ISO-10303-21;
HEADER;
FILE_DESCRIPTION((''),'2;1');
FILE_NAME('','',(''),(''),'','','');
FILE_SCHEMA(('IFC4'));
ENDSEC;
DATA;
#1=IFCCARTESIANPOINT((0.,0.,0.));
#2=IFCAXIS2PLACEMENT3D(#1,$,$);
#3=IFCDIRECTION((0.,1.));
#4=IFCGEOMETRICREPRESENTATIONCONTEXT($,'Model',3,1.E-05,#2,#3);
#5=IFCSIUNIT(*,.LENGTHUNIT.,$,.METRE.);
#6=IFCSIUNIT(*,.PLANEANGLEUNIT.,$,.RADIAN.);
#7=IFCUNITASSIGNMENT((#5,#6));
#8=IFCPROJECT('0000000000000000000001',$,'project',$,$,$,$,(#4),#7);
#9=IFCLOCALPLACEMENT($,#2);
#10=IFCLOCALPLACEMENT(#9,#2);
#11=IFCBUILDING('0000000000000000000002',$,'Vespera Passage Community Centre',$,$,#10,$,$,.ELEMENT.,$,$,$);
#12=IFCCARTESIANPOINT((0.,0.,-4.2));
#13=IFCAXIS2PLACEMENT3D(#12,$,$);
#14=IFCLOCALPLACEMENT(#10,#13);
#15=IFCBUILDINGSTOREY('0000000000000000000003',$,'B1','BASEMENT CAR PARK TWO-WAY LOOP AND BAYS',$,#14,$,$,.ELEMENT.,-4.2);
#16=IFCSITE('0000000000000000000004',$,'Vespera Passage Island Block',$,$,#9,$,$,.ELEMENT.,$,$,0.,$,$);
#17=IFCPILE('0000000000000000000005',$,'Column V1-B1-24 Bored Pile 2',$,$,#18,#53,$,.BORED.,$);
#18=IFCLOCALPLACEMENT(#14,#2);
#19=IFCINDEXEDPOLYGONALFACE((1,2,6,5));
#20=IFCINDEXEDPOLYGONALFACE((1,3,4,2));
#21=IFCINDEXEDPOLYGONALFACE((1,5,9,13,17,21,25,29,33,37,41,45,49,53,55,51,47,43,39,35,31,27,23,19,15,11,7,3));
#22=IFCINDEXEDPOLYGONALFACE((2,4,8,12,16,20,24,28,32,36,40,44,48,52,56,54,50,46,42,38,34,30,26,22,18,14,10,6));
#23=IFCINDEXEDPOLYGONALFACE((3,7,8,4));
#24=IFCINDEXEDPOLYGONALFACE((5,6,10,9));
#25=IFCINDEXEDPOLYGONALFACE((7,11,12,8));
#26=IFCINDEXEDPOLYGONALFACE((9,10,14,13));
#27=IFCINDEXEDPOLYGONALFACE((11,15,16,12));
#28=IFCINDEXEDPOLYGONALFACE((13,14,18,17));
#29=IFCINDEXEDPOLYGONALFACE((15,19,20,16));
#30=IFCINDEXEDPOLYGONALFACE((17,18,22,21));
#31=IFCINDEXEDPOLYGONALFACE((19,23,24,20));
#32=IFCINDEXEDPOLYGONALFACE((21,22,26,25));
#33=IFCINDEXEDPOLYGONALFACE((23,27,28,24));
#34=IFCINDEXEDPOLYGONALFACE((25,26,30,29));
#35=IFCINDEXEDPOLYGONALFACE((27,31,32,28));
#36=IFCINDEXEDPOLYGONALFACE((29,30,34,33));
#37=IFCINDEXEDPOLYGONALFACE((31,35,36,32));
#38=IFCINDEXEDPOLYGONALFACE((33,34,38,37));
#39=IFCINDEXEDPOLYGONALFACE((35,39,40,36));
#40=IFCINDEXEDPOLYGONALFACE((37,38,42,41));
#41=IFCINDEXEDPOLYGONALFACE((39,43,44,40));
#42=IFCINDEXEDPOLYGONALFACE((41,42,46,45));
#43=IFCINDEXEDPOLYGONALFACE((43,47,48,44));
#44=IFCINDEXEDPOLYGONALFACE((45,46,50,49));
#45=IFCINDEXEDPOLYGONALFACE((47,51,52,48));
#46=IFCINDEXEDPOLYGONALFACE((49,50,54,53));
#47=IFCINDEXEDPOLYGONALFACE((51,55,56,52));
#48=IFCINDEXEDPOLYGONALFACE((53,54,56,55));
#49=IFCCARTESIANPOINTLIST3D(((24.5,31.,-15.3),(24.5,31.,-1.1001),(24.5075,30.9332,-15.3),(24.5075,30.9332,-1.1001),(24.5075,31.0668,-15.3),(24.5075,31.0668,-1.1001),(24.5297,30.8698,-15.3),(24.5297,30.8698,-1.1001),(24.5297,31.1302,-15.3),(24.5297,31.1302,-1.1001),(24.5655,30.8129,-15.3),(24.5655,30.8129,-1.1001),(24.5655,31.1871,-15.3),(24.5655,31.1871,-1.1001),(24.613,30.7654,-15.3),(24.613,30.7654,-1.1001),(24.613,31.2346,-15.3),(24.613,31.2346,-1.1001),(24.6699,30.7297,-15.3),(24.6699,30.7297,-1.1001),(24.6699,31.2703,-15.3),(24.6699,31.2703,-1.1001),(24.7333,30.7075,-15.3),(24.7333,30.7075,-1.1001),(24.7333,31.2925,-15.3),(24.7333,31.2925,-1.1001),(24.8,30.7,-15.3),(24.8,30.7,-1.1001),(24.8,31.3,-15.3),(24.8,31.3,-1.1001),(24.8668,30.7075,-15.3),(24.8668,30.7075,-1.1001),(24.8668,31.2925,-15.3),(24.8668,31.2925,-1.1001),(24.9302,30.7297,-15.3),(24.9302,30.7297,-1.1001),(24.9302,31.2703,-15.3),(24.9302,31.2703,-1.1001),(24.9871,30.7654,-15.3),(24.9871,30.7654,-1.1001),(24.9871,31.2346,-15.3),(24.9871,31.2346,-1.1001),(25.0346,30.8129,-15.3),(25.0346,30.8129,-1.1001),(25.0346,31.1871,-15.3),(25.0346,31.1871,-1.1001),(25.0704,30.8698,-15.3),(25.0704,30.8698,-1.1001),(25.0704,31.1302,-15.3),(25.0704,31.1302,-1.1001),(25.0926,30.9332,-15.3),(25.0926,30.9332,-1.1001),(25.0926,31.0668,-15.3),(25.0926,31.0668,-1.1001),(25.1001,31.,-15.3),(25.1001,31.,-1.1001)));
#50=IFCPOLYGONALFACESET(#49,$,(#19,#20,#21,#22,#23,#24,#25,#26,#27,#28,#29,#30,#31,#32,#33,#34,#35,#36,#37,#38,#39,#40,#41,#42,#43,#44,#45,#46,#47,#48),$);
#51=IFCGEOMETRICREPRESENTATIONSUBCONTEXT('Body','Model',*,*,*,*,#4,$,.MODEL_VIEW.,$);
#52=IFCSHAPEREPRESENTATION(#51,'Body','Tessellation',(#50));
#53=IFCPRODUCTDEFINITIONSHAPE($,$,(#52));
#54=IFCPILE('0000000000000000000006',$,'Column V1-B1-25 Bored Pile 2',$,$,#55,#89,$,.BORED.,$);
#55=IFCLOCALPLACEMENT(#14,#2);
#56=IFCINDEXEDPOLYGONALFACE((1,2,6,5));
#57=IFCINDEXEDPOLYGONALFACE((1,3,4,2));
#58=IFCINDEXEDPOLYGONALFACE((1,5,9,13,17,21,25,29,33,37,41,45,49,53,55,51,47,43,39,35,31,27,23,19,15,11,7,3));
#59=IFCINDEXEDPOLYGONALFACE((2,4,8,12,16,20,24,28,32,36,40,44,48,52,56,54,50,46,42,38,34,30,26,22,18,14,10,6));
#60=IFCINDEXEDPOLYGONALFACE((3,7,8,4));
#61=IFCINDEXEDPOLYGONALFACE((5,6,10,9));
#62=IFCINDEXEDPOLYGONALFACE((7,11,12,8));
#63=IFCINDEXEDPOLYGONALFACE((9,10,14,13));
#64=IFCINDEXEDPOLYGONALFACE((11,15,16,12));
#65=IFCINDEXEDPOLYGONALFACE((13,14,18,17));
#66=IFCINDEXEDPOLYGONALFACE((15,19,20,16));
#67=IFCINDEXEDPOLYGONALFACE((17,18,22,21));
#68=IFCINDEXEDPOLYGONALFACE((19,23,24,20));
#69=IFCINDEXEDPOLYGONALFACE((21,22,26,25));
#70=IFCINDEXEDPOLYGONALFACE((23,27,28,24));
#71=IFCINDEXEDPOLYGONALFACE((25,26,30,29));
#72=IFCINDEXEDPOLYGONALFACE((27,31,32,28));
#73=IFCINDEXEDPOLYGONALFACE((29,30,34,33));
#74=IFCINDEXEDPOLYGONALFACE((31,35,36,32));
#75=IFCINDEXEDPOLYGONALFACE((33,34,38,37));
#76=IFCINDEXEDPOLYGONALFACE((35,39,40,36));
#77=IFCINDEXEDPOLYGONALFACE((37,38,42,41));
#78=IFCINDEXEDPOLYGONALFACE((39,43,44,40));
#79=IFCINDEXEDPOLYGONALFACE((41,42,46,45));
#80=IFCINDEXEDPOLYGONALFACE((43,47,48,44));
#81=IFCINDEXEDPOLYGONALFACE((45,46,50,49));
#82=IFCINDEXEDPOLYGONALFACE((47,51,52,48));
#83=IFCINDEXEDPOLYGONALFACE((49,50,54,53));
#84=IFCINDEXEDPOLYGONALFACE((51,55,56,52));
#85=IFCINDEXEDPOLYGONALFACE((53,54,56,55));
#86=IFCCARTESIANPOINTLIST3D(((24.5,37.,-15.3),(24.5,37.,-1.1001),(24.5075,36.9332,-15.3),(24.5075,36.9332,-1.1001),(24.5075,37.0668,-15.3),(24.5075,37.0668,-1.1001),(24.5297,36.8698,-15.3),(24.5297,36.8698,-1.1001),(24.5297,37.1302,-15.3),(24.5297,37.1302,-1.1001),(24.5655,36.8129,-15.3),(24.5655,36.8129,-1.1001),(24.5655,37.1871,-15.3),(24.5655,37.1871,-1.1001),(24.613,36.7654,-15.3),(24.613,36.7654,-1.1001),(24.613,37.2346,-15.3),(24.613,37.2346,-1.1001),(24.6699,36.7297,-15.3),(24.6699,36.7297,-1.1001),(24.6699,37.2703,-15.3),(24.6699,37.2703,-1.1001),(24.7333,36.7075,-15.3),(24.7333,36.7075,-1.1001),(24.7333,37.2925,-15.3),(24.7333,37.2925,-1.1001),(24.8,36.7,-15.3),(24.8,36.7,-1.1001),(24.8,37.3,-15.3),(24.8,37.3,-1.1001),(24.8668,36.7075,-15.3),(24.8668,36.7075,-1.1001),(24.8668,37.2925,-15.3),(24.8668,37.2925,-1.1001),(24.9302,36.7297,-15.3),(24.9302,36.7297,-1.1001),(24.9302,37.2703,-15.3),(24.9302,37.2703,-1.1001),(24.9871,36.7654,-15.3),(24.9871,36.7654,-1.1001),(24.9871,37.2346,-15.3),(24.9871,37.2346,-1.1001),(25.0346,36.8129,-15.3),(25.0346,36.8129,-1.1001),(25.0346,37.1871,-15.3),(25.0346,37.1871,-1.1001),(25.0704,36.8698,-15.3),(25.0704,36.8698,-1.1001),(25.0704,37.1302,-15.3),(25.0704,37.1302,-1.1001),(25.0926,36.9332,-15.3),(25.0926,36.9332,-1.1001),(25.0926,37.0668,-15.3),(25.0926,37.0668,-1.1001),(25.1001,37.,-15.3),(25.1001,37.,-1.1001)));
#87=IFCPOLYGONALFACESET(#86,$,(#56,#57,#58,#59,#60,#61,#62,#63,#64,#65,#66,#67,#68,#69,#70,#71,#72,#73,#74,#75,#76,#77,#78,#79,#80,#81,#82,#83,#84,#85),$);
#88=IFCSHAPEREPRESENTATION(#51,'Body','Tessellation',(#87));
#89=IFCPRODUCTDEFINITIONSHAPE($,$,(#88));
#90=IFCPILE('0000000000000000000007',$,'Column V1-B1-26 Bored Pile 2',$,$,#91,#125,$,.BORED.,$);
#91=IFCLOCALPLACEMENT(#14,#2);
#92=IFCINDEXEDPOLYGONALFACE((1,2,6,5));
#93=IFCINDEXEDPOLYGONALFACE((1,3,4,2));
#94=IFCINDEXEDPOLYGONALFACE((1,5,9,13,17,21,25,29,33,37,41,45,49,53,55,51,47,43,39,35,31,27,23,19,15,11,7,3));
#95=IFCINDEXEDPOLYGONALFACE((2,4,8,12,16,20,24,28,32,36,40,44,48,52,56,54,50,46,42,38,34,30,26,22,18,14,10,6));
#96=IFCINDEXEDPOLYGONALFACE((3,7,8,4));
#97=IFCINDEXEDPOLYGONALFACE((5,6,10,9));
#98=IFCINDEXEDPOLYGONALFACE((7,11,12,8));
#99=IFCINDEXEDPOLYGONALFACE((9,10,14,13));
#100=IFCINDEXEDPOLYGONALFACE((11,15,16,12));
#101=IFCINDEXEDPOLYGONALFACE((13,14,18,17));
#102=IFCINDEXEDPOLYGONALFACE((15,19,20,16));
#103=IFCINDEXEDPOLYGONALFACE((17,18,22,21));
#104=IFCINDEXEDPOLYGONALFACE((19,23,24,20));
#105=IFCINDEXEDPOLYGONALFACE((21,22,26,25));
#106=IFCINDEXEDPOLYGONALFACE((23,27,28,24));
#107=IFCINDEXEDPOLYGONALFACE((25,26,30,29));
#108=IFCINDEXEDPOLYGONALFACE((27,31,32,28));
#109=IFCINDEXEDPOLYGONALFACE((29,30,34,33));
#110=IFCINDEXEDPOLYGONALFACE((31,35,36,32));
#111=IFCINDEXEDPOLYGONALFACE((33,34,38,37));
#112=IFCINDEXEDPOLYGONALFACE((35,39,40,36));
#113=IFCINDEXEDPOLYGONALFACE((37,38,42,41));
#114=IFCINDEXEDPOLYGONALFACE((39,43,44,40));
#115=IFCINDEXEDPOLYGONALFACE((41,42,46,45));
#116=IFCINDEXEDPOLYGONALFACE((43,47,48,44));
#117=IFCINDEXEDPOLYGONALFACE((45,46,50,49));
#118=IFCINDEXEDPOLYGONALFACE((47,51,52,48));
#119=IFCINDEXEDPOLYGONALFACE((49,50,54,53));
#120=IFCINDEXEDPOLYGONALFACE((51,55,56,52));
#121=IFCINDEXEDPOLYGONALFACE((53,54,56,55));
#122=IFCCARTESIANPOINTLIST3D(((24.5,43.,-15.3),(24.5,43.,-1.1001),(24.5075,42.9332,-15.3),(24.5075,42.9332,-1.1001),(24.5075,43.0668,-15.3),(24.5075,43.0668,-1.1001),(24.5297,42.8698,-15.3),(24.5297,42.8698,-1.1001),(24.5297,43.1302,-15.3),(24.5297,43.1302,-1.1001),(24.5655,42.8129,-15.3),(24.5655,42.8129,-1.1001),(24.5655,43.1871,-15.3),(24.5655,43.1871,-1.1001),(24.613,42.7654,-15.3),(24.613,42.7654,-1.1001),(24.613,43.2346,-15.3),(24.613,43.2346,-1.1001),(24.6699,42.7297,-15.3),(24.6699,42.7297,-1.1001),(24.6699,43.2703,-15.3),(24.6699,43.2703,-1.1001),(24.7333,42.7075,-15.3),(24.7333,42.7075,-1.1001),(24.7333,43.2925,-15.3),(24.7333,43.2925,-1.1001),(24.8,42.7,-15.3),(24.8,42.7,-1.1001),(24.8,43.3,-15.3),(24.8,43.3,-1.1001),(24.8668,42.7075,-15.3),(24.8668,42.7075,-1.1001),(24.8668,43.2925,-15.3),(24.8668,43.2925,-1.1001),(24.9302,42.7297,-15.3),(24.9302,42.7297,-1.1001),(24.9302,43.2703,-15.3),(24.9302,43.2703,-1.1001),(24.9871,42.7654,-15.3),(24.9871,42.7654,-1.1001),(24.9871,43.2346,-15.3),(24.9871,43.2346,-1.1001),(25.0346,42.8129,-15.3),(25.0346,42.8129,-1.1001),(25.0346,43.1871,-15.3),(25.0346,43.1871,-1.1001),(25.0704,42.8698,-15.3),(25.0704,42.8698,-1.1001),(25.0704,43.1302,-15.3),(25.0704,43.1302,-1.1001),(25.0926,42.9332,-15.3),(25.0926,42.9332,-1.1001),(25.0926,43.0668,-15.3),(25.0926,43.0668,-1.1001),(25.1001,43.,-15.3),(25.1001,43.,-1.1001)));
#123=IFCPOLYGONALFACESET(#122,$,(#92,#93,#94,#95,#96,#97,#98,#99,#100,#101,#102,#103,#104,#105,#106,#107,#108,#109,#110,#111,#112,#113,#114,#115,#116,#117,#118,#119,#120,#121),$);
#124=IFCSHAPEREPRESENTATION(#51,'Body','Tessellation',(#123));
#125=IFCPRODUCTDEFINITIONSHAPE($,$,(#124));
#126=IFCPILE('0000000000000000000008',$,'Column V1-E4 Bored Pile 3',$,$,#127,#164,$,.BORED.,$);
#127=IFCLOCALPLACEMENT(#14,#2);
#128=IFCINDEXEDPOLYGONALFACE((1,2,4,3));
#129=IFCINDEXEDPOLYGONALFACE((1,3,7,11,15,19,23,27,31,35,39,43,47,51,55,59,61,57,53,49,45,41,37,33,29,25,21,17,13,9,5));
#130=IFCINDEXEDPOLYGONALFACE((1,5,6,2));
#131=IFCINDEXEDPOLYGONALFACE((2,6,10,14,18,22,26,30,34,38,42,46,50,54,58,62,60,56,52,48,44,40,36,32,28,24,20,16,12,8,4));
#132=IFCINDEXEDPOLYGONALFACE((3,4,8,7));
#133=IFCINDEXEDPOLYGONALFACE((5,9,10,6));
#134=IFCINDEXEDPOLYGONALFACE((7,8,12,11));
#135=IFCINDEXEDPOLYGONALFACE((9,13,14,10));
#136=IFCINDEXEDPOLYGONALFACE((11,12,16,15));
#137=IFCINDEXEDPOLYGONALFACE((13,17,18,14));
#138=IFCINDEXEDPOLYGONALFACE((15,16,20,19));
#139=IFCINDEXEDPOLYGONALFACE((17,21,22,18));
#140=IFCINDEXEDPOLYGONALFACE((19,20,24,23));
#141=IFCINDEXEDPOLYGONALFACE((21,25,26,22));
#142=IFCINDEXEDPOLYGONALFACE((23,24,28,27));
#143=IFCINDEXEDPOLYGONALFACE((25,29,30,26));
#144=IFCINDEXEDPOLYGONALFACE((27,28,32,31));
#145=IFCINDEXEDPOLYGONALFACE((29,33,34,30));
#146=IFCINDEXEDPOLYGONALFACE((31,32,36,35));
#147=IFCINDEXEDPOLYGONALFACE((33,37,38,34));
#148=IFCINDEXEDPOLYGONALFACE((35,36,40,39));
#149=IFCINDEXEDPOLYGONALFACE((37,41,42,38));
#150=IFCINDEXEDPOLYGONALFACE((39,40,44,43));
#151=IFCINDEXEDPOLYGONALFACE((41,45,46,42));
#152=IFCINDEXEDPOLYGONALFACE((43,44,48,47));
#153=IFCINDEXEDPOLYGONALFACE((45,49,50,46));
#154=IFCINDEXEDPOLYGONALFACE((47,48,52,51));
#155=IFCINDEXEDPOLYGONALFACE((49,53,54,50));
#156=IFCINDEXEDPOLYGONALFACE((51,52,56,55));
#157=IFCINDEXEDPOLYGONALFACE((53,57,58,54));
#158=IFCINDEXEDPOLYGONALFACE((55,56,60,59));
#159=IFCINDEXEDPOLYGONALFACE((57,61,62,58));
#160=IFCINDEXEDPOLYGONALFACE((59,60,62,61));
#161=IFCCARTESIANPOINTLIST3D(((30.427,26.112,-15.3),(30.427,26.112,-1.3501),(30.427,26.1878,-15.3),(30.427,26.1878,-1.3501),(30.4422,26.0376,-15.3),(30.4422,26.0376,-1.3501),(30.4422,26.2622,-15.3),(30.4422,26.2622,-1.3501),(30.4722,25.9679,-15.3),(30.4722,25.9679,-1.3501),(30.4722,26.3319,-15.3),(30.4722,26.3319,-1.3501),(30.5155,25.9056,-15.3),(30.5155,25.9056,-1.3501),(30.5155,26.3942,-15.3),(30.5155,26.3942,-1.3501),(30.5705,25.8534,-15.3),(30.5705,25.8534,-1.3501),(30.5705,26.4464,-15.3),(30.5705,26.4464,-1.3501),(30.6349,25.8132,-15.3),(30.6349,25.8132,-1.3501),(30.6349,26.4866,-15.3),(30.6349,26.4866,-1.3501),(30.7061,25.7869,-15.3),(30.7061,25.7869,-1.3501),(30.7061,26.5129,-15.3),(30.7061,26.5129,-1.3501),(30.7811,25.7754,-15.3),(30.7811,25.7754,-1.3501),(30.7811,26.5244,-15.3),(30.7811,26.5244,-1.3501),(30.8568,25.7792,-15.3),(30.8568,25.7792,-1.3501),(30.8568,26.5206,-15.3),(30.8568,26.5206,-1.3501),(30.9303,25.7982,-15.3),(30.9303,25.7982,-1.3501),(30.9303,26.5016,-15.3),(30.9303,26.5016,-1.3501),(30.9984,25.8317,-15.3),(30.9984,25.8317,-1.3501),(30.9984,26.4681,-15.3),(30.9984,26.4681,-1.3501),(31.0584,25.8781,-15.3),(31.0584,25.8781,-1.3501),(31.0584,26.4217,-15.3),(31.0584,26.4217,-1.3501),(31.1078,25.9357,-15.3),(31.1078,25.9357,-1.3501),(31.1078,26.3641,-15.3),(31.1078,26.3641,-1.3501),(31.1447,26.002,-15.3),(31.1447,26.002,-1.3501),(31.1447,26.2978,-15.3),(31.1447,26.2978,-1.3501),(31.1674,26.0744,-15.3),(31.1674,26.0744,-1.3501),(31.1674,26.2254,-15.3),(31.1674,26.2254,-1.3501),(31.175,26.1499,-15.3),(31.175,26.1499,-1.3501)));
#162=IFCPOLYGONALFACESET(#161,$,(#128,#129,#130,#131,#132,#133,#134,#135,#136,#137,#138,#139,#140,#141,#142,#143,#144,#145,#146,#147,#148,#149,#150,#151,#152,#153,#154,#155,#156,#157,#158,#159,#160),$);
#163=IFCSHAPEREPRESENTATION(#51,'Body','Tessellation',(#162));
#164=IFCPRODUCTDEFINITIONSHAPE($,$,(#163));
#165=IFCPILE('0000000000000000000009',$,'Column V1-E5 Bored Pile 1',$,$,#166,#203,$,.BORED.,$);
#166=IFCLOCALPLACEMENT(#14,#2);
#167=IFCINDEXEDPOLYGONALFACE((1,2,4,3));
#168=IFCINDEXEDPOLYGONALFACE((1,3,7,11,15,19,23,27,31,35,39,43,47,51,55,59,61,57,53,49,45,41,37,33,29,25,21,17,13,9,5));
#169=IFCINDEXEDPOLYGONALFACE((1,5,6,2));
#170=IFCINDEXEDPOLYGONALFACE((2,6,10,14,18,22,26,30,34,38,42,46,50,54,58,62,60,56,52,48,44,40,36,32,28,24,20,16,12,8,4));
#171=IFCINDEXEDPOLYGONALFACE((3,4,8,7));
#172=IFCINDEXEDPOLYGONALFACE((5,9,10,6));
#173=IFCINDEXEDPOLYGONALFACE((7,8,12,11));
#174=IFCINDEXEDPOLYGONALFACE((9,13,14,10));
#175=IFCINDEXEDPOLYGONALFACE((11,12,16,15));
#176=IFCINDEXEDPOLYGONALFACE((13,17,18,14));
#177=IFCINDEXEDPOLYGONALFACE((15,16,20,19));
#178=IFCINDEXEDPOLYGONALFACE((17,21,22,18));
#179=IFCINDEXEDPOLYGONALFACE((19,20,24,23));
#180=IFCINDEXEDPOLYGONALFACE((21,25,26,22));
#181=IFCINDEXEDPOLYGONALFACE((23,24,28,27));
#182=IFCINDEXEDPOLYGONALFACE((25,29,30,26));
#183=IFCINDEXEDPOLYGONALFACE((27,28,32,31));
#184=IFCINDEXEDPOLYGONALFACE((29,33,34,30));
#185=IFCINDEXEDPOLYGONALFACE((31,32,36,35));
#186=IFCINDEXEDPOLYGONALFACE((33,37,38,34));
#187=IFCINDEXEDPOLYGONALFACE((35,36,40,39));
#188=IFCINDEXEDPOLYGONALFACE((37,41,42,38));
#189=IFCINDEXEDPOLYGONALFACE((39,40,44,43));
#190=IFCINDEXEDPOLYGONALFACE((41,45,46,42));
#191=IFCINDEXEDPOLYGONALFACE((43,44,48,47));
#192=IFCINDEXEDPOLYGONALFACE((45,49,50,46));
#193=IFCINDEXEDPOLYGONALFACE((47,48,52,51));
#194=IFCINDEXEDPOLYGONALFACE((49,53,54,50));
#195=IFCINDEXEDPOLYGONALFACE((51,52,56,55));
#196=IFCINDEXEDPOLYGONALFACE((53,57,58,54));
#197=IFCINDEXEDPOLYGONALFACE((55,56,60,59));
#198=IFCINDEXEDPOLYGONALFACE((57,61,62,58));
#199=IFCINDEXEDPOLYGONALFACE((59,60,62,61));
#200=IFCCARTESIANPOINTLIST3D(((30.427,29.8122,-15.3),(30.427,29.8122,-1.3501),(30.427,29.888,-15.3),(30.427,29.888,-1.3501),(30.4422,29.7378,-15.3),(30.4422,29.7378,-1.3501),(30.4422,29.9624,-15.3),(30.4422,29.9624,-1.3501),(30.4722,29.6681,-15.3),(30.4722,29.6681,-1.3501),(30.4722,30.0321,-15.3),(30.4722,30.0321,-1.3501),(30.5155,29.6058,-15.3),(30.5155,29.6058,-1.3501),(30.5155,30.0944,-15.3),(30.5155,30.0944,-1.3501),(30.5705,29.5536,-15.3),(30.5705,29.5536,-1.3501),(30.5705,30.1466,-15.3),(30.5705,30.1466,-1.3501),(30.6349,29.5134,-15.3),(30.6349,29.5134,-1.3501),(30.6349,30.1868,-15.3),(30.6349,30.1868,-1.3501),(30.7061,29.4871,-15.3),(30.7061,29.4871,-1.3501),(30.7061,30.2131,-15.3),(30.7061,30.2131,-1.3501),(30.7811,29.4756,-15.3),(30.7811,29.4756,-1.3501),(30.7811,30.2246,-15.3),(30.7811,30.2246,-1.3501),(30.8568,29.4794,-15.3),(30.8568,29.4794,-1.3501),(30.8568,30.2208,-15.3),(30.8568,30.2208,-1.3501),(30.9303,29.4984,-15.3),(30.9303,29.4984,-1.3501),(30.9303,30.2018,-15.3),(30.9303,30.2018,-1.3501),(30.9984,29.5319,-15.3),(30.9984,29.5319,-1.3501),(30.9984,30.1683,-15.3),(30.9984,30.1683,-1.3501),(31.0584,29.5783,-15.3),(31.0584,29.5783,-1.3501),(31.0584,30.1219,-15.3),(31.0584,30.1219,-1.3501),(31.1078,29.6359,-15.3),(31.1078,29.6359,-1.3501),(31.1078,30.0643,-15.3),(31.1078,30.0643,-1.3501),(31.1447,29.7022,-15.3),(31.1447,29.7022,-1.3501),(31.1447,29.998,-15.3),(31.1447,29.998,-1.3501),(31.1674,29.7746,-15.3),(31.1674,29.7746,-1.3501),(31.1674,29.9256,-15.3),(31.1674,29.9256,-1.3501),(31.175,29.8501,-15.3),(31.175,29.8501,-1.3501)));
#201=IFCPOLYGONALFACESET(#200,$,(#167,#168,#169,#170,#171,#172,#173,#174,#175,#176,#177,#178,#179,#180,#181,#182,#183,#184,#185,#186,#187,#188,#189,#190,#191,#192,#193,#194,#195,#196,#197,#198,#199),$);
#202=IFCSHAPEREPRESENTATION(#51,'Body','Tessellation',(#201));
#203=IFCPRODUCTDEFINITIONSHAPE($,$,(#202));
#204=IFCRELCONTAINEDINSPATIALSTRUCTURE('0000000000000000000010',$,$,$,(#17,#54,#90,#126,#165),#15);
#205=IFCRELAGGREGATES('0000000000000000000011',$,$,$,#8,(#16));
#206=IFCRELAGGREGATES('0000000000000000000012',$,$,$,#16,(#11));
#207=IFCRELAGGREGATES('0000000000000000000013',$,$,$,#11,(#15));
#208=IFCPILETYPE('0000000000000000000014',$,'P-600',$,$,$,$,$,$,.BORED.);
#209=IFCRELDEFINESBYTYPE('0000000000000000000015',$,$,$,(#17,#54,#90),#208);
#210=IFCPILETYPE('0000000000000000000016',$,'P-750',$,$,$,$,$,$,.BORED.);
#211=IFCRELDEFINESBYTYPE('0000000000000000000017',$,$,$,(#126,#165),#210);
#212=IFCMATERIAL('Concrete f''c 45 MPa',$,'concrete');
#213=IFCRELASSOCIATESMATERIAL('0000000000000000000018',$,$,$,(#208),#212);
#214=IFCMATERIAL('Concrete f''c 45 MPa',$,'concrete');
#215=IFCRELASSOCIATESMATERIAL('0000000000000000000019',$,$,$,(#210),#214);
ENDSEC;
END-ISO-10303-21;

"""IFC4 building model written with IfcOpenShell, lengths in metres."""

from ifc_helpers import new_model, si_unit, direction, frame, origin, origin_2d, place, context, subcontext, project, spatial, circle, extrude, material, material_profile, profile_set, type_object, element, save


model = new_model("IFC4")

# Units and contexts
model_context = context("Model", 3, precision=1e-05, world=origin(), true_north=direction((0.0, 1.0)))
body_context = subcontext(model_context, "Body", "Model", "MODEL_VIEW")
ifc_project = project(units=[si_unit("LENGTHUNIT", "METRE"), si_unit("PLANEANGLEUNIT", "RADIAN")], contexts=[model_context])

# Site, building, storey
site_placement = place(None, origin())
site = spatial("IfcSite", under=ifc_project, at=site_placement, Name="Vespera Passage Island Block", CompositionType="ELEMENT", RefElevation=0.0)
building_placement = place(site_placement, origin())
building = spatial("IfcBuilding", under=site, at=building_placement, Name="Vespera Passage Community Centre", CompositionType="ELEMENT")
storey_placement = place(building_placement, frame((0.0, 0.0, -4.2)))
storey = spatial("IfcBuildingStorey", under=building, at=storey_placement, Name="B1", Description="BASEMENT CAR PARK TWO-WAY LOOP AND BAYS", CompositionType="ELEMENT", Elevation=-4.2)

# Piles
ifc_material_1 = material(Name="Concrete f'c 45 MPa", Category="concrete")
ifc_material_profile_1 = material_profile(ifc_material_1, circle(Radius=0.3, at=origin_2d()), Name="PILE600DIA")
ifc_profile_set_1 = profile_set([ifc_material_profile_1], Name="Concrete f'c 45 MPa")
pile_type_1 = type_object("IfcPileType", Name="P-600", PredefinedType="BORED", material=ifc_profile_set_1)
for number, where, z_axis, x_axis, name in (
    (1, (24.8, 31.0, -1.1001), (0.0, 0.0, -1.0), (1.0, 0.0, 0.0), "Column V1-B1-24 Bored Pile 2"),
    (2, (24.8, 37.0, -1.1001), (0.0, 0.0, -1.0), (1.0, 0.0, 0.0), "Column V1-B1-25 Bored Pile 2"),
    (3, (24.8, 43.0, -1.1001), (0.0, 0.0, -1.0), (1.0, 0.0, 0.0), "Column V1-B1-26 Bored Pile 2"),
):
    element("IfcPile", number, at=place(storey_placement, frame(where, z_axis=z_axis, x_axis=x_axis)), inside=storey, type_object=pile_type_1, Name=name, PredefinedType="BORED", context=body_context, shape_type="SweptSolid", body=[
        extrude(circle(Radius=0.3, at=origin_2d()), origin(), (0.0, 0.0, 1.0), 14.2),
    ])
ifc_material_2 = material(Name="Concrete f'c 45 MPa", Category="concrete")
ifc_material_profile_2 = material_profile(ifc_material_2, circle(Radius=0.375, at=origin_2d()), Name="PILE750DIA")
ifc_profile_set_2 = profile_set([ifc_material_profile_2], Name="Concrete f'c 45 MPa")
pile_type_2 = type_object("IfcPileType", Name="P-750", PredefinedType="BORED", material=ifc_profile_set_2)
for number, where, z_axis, x_axis, name in (
    (4, (30.8, 26.1499, -1.3501), (0.0, 0.0, -1.0), (1.0, 0.0, 0.0), "Column V1-E4 Bored Pile 3"),
    (5, (30.8, 29.8501, -1.3501), (0.0, 0.0, -1.0), (1.0, 0.0, 0.0), "Column V1-E5 Bored Pile 1"),
):
    element("IfcPile", number, at=place(storey_placement, frame(where, z_axis=z_axis, x_axis=x_axis)), inside=storey, type_object=pile_type_2, Name=name, PredefinedType="BORED", context=body_context, shape_type="SweptSolid", body=[
        extrude(circle(Radius=0.375, at=origin_2d()), origin(), (0.0, 0.0, 1.0), 13.95),
    ])

save(model, "model.ifc")
